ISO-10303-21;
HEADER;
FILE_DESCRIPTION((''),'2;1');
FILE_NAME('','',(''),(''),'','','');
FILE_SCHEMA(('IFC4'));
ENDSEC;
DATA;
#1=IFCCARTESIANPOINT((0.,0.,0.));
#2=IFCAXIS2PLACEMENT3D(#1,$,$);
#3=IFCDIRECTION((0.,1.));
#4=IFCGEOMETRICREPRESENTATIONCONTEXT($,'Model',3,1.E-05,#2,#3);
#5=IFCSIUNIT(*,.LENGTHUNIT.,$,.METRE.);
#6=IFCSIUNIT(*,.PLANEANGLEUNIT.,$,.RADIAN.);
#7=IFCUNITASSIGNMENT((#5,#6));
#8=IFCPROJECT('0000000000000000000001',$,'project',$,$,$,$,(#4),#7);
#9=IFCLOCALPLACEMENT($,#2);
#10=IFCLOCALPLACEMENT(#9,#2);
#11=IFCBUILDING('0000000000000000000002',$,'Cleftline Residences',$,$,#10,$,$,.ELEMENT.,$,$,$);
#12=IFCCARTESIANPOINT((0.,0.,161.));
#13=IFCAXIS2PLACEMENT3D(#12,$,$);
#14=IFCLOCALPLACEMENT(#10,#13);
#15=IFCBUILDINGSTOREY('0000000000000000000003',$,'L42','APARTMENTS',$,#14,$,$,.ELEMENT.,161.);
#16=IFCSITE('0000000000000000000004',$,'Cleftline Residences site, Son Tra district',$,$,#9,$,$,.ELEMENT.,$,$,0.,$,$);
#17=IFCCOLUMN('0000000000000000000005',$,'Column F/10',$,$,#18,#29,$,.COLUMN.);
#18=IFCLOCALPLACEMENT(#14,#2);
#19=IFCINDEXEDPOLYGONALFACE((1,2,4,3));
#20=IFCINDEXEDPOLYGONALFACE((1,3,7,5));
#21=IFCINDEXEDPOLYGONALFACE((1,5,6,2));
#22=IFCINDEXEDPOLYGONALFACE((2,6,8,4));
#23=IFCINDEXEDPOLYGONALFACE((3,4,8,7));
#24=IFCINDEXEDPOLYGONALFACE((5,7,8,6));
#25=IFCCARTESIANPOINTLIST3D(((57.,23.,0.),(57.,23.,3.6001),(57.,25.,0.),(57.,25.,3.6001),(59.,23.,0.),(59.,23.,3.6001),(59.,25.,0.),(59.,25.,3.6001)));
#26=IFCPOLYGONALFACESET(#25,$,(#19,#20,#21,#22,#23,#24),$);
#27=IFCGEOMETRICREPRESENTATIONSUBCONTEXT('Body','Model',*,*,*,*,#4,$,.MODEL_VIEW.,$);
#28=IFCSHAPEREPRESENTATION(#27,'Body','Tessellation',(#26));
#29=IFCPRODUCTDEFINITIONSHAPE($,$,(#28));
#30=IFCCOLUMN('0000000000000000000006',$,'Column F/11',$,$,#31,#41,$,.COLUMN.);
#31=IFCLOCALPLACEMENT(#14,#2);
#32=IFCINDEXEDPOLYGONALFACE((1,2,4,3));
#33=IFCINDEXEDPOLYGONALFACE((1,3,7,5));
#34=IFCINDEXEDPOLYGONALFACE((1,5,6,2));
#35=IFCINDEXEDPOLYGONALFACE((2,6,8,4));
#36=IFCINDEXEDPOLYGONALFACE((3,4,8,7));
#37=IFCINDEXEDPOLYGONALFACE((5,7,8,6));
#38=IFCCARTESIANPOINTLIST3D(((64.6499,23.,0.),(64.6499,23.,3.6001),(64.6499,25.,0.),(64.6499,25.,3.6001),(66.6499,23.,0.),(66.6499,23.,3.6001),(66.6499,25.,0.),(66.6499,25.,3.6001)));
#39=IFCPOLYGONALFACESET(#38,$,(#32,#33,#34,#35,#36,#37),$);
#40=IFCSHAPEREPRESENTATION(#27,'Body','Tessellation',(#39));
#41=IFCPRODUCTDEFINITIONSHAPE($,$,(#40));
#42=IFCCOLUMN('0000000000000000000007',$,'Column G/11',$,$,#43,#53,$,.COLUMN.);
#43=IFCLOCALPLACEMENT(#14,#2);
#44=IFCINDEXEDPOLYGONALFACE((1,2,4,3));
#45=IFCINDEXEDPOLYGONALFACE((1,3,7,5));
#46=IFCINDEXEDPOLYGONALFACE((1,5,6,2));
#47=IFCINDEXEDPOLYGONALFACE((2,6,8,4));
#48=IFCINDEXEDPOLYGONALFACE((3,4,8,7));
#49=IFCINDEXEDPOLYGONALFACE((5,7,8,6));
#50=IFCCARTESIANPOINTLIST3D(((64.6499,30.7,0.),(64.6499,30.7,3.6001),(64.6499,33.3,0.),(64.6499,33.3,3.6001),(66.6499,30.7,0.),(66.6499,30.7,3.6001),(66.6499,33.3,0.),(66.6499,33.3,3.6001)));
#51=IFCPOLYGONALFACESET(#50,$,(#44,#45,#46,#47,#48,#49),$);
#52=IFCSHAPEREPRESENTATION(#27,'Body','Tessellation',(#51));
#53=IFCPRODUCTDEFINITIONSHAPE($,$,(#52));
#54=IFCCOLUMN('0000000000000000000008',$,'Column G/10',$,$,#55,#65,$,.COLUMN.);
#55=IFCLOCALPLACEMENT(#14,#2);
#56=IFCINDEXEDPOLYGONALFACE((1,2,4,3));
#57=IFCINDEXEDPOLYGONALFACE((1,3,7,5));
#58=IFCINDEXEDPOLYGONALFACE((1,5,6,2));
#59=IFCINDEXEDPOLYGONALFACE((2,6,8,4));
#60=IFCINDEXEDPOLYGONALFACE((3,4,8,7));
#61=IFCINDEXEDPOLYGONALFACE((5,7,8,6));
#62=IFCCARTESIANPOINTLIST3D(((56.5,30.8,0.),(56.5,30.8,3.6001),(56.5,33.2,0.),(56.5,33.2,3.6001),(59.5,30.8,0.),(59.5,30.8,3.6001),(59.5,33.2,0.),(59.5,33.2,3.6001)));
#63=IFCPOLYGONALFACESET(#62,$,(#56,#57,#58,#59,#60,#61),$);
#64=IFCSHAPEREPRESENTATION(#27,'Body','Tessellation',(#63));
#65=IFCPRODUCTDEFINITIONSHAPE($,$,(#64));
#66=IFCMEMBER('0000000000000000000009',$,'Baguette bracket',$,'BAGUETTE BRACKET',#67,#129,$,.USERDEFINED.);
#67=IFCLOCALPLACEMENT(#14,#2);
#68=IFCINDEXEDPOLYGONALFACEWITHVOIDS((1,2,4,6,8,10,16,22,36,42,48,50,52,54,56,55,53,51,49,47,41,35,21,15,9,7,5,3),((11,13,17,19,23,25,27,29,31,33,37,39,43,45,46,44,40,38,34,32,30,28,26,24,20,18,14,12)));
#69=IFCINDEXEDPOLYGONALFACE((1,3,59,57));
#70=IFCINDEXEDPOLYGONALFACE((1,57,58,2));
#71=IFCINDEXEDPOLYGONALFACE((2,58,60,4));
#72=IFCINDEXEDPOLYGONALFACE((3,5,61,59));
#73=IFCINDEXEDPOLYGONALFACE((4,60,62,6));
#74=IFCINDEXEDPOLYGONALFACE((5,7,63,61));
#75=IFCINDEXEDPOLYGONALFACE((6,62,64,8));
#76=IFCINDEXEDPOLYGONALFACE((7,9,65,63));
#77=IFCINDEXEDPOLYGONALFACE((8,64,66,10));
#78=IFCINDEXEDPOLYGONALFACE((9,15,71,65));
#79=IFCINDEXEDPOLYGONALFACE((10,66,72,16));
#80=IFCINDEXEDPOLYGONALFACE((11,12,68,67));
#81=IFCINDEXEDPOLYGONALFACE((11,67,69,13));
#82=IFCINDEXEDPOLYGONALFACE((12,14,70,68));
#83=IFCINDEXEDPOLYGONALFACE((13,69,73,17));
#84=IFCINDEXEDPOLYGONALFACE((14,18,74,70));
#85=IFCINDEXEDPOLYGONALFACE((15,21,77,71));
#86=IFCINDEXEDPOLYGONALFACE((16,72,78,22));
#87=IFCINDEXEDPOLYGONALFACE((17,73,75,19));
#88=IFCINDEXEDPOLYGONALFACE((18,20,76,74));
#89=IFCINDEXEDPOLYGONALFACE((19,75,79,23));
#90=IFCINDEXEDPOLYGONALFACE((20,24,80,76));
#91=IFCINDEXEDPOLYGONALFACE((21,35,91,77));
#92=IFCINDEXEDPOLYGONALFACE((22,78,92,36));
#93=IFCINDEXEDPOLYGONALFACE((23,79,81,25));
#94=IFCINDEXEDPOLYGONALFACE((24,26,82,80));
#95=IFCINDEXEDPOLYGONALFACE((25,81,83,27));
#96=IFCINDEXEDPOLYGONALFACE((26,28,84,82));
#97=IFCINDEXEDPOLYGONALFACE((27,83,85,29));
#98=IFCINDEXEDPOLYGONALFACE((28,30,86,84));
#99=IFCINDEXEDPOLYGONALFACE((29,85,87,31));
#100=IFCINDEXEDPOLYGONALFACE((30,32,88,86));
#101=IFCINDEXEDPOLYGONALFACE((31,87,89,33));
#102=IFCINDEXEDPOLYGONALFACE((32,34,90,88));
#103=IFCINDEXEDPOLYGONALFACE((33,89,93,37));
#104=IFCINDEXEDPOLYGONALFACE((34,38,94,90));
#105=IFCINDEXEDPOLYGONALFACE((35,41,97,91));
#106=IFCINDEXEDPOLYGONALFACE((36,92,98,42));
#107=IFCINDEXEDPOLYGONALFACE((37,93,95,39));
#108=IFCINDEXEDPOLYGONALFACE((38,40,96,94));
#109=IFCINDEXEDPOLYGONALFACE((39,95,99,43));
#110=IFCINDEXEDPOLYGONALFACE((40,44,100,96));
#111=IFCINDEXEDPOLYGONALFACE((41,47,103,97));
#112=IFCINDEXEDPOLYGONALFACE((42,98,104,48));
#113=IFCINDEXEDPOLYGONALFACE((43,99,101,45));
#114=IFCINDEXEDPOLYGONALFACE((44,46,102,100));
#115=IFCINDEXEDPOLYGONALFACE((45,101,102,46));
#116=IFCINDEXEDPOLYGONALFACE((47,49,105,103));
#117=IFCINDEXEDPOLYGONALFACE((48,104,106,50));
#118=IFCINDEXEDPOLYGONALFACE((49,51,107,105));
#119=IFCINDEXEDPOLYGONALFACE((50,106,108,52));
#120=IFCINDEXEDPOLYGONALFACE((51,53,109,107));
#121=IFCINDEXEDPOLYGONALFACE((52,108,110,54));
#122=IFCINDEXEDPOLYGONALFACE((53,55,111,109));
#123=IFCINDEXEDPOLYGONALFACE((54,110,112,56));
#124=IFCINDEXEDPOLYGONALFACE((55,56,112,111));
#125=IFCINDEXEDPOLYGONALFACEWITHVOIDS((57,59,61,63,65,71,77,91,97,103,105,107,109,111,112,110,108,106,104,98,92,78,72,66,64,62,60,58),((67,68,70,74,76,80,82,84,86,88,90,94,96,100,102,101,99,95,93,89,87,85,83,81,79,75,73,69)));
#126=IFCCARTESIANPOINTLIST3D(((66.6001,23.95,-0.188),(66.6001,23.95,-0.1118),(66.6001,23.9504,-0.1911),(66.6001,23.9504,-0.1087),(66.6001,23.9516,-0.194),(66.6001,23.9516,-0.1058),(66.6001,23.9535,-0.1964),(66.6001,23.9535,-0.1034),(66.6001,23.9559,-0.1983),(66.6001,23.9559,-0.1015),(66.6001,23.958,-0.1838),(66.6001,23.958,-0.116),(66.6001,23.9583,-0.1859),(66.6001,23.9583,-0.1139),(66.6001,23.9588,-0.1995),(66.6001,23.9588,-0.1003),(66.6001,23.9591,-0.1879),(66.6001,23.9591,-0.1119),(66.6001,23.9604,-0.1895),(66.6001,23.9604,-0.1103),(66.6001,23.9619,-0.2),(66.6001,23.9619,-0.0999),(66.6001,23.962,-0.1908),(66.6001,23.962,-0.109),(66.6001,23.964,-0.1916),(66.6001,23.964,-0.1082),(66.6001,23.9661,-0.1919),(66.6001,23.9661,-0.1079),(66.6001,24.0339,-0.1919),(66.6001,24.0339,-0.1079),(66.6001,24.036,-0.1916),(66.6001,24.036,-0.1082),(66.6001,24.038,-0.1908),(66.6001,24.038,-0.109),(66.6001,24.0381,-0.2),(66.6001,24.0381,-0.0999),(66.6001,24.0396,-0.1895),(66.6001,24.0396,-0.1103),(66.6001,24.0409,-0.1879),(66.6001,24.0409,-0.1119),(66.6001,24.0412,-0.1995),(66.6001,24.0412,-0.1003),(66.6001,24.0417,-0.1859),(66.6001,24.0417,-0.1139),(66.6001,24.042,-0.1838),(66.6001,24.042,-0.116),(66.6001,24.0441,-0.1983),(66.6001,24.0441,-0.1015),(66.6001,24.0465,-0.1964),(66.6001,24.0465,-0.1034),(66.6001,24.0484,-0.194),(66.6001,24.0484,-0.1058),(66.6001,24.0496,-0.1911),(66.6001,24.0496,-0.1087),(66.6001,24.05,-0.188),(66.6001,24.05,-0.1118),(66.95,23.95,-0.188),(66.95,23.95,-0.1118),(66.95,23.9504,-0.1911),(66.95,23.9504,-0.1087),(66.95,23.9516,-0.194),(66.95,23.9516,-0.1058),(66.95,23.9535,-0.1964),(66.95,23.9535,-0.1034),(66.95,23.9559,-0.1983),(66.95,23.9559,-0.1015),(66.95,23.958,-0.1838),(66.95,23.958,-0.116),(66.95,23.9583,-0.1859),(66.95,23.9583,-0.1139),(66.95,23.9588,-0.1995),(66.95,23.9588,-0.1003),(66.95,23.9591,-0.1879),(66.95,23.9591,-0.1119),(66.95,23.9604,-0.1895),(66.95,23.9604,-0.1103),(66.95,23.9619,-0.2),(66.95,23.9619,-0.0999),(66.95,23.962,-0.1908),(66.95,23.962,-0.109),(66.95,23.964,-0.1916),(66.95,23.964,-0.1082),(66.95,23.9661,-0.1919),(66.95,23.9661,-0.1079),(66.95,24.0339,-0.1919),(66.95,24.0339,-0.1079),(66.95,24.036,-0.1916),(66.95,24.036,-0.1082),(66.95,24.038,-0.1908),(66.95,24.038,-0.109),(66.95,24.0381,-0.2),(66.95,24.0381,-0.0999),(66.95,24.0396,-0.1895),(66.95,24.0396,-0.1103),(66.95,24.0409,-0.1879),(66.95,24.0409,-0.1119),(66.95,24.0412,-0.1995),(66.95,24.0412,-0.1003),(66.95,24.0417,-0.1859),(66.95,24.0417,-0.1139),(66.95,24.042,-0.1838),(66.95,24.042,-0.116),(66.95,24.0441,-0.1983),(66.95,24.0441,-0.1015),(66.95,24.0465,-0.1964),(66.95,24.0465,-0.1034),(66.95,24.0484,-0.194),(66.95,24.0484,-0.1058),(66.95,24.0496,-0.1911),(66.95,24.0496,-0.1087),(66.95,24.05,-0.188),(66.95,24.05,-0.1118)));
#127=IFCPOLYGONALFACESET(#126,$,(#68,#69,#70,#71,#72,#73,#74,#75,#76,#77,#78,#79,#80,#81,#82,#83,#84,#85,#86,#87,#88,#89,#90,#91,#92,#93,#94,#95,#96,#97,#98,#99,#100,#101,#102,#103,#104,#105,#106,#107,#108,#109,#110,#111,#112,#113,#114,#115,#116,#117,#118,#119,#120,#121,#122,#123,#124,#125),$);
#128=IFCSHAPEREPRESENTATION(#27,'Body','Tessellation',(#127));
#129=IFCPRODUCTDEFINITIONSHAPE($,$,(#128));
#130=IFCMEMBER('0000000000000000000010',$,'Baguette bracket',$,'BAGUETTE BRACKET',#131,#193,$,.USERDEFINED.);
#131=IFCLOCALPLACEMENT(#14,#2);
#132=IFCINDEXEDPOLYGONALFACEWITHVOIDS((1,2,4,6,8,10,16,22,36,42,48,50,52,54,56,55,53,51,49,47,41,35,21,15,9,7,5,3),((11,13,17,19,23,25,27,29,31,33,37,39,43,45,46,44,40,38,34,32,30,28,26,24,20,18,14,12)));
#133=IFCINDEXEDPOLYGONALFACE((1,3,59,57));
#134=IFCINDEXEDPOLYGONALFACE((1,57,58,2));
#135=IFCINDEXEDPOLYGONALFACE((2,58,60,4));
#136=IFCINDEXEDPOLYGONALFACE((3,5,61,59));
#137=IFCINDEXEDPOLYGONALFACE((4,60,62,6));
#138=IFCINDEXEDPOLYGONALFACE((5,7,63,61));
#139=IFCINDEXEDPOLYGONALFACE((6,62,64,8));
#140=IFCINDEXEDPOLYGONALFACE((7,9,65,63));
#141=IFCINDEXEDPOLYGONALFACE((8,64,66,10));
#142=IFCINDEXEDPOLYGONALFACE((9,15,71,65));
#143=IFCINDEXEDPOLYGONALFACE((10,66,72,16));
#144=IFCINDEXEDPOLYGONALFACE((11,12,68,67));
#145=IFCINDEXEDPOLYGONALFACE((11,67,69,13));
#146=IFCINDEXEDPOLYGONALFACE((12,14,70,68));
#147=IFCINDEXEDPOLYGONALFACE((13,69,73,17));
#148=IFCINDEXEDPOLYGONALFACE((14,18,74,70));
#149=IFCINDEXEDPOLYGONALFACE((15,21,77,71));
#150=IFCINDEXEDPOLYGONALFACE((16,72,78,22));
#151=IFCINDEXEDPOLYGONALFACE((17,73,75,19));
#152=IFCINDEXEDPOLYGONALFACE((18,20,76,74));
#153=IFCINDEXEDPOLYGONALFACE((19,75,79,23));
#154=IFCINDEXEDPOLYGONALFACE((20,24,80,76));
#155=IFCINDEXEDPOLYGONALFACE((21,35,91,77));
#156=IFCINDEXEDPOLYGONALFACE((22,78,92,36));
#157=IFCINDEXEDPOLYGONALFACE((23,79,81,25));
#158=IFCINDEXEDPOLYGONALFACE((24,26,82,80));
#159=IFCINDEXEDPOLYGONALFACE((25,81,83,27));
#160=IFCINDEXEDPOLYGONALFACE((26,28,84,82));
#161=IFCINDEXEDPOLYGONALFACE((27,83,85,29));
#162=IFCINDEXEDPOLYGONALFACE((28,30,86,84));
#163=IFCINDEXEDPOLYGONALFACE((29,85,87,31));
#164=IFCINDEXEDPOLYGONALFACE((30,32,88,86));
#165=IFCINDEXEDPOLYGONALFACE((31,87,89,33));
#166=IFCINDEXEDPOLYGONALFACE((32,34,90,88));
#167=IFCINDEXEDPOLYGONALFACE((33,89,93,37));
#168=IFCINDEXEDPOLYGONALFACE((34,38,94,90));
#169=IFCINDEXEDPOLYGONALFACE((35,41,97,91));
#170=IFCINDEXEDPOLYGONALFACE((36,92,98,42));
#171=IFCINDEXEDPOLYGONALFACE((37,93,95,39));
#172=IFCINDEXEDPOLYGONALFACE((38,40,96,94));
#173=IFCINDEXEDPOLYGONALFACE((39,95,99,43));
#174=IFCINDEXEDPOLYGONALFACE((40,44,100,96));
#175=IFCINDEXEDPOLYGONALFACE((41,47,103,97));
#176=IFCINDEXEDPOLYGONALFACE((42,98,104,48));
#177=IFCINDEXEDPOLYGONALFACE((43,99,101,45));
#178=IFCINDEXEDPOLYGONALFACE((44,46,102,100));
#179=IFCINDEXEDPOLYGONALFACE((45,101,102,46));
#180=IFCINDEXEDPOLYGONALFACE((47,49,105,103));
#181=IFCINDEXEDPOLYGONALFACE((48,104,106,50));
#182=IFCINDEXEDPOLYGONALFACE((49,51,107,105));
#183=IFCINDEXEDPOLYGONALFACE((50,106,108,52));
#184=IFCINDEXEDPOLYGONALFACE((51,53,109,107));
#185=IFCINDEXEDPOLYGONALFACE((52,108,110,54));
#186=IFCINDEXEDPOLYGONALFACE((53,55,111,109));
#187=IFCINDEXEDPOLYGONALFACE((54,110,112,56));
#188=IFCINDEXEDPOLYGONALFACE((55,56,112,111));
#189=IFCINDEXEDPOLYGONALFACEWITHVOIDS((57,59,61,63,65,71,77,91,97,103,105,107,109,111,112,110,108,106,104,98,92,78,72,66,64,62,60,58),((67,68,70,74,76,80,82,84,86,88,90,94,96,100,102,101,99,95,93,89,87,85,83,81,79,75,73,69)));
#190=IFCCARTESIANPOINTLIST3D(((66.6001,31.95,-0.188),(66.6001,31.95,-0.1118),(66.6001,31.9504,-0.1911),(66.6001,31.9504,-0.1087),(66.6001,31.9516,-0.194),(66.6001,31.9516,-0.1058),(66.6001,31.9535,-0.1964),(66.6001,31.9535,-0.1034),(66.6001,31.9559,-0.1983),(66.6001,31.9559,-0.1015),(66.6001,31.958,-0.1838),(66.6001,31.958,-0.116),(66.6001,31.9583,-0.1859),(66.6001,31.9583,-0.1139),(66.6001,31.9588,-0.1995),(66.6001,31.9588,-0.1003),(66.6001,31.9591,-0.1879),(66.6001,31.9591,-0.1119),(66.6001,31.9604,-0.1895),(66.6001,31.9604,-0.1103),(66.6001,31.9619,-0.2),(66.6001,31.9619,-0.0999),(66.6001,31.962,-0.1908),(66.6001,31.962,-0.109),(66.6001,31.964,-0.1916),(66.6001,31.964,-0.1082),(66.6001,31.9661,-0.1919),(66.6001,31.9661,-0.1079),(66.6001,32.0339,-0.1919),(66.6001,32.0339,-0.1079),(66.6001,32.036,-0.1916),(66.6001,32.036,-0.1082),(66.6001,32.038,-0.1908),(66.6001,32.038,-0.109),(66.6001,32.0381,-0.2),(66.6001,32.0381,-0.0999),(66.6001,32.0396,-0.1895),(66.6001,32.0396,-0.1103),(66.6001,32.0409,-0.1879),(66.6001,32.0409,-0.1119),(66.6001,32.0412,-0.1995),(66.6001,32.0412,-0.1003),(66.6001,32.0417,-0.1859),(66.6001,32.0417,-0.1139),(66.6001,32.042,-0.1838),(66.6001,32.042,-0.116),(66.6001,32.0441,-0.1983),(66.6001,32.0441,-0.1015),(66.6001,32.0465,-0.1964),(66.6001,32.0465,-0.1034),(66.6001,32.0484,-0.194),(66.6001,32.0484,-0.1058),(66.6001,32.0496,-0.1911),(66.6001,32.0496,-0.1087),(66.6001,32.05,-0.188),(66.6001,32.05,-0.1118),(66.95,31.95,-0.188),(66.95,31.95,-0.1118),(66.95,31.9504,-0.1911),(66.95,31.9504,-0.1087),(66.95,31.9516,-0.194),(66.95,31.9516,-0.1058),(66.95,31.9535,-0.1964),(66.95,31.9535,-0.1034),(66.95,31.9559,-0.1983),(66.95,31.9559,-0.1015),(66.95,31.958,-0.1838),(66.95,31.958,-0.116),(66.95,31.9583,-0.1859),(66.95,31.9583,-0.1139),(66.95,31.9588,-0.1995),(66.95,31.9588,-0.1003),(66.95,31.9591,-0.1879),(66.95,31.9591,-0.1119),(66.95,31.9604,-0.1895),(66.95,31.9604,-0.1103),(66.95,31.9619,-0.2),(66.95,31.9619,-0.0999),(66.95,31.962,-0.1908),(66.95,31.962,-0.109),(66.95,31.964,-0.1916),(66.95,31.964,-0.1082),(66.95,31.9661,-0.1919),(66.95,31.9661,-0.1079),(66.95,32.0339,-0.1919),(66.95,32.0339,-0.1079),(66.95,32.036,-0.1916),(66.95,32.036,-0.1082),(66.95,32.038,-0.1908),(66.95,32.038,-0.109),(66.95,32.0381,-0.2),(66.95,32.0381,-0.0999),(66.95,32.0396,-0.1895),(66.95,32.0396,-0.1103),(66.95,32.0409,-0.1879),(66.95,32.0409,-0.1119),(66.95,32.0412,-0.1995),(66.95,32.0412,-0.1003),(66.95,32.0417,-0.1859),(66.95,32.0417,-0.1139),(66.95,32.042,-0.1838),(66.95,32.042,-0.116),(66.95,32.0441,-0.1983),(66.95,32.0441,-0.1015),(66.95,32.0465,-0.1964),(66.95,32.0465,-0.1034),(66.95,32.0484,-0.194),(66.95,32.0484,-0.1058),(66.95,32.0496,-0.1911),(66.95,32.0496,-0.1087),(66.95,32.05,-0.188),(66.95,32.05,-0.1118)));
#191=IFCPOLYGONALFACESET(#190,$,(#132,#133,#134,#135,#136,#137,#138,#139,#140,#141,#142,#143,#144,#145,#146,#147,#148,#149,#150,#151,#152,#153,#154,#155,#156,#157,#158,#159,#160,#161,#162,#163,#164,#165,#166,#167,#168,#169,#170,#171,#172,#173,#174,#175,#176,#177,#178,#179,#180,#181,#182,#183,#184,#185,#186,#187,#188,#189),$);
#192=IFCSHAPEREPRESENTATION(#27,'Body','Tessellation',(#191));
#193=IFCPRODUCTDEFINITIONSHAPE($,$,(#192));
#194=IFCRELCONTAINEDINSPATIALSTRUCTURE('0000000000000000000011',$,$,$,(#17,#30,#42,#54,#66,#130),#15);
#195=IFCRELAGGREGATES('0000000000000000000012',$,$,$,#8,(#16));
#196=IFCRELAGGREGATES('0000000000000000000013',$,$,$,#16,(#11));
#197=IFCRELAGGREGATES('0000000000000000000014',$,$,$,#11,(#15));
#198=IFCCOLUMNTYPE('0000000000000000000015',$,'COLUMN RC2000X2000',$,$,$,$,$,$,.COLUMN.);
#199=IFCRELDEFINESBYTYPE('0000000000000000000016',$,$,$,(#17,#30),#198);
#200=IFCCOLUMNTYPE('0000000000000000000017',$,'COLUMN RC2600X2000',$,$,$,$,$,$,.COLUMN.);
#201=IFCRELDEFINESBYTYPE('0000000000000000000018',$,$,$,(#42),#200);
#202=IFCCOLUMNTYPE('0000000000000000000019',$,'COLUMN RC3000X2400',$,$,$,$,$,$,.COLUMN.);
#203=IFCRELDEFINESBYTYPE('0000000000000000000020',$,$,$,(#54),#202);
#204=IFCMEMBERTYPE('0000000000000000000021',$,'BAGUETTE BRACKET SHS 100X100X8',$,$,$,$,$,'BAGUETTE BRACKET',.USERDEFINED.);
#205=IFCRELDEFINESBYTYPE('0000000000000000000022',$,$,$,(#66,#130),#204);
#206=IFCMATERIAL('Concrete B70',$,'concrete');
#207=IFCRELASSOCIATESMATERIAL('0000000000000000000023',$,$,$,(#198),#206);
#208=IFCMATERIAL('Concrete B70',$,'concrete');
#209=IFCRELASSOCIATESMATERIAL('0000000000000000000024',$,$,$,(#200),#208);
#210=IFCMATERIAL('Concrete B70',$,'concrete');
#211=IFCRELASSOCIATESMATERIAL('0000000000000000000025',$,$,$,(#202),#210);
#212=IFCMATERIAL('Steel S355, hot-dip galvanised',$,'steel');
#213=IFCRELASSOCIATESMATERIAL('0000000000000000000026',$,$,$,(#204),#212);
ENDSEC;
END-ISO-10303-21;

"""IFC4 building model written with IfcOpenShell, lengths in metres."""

from ifc_helpers import new_model, si_unit, direction, frame, origin, origin_2d, place, context, subcontext, project, spatial, rectangle, hollow_rectangle, extrude, material, material_profile, profile_set, type_object, element, save


model = new_model("IFC4")

# Units and contexts
model_context = context("Model", 3, precision=1e-05, world=origin(), true_north=direction((0.0, 1.0)))
body_context = subcontext(model_context, "Body", "Model", "MODEL_VIEW")
ifc_project = project(units=[si_unit("LENGTHUNIT", "METRE"), si_unit("PLANEANGLEUNIT", "RADIAN")], contexts=[model_context])

# Site, building, storey
site_placement = place(None, origin())
site = spatial("IfcSite", under=ifc_project, at=site_placement, Name="Cleftline Residences site, Son Tra district", CompositionType="ELEMENT", RefElevation=0.0)
building_placement = place(site_placement, origin())
building = spatial("IfcBuilding", under=site, at=building_placement, Name="Cleftline Residences", CompositionType="ELEMENT")
storey_placement = place(building_placement, frame((0.0, 0.0, 161.0)))
storey = spatial("IfcBuildingStorey", under=building, at=storey_placement, Name="L42", Description="APARTMENTS", CompositionType="ELEMENT", Elevation=161.0)

# Columns
ifc_material_1 = material(Name="Concrete B70", Category="concrete")
ifc_material_profile_1 = material_profile(ifc_material_1, rectangle(XDim=2.0, YDim=2.0, at=origin_2d()))
ifc_profile_set_1 = profile_set([ifc_material_profile_1], Name="Concrete B70")
column_type_1 = type_object("IfcColumnType", Name="COLUMN RC2000X2000", PredefinedType="COLUMN", material=ifc_profile_set_1)
for number, where, z_axis, x_axis, name in (
    (1, (58.0, 24.0, 0.0), (0.0, 0.0, 1.0), (1.0, 0.0, 0.0), "Column F/10"),
    (2, (65.6499, 24.0, 0.0), (0.0, 0.0, 1.0), (1.0, 0.0, 0.0), "Column F/11"),
):
    element("IfcColumn", number, at=place(storey_placement, frame(where, z_axis=z_axis, x_axis=x_axis)), inside=storey, type_object=column_type_1, Name=name, PredefinedType="COLUMN", context=body_context, shape_type="SweptSolid", body=[
        extrude(rectangle(XDim=2.0, YDim=2.0, at=origin_2d()), origin(), (0.0, 0.0, 1.0), 3.6001),
    ])
ifc_material_2 = material(Name="Concrete B70", Category="concrete")
ifc_material_profile_2 = material_profile(ifc_material_2, rectangle(XDim=2.6001, YDim=2.0, at=origin_2d()))
ifc_profile_set_2 = profile_set([ifc_material_profile_2], Name="Concrete B70")
column_type_2 = type_object("IfcColumnType", Name="COLUMN RC2600X2000", PredefinedType="COLUMN", material=ifc_profile_set_2)
column_1_placement = place(storey_placement, frame((65.6499, 32.0, 0.0), z_axis=(0.0, 0.0, 1.0), x_axis=(0.0, 1.0, 0.0)))
element("IfcColumn", 3, at=column_1_placement, inside=storey, type_object=column_type_2, Name="Column G/11", PredefinedType="COLUMN", context=body_context, shape_type="SweptSolid", body=[
    extrude(rectangle(XDim=2.6001, YDim=2.0, at=origin_2d()), origin(), (0.0, 0.0, 1.0), 3.6001),
])
ifc_material_3 = material(Name="Concrete B70", Category="concrete")
ifc_material_profile_3 = material_profile(ifc_material_3, rectangle(XDim=3.0, YDim=2.3999, at=origin_2d()))
ifc_profile_set_3 = profile_set([ifc_material_profile_3], Name="Concrete B70")
column_type_3 = type_object("IfcColumnType", Name="COLUMN RC3000X2400", PredefinedType="COLUMN", material=ifc_profile_set_3)
column_2_placement = place(storey_placement, frame((58.0, 32.0, 0.0), z_axis=(0.0, 0.0, 1.0), x_axis=(1.0, 0.0, 0.0)))
element("IfcColumn", 4, at=column_2_placement, inside=storey, type_object=column_type_3, Name="Column G/10", PredefinedType="COLUMN", context=body_context, shape_type="SweptSolid", body=[
    extrude(rectangle(XDim=3.0, YDim=2.3999, at=origin_2d()), origin(), (0.0, 0.0, 1.0), 3.6001),
])

# Members
ifc_material_4 = material(Name="Steel S355, hot-dip galvanised", Category="steel")
ifc_material_profile_4 = material_profile(ifc_material_4, hollow_rectangle(XDim=0.1001, YDim=0.1001, WallThickness=0.0081, InnerFilletRadius=0.0081, OuterFilletRadius=0.012, at=origin_2d()))
ifc_profile_set_4 = profile_set([ifc_material_profile_4], Name="Steel S355, hot-dip galvanised")
member_type_1 = type_object("IfcMemberType", Name="BAGUETTE BRACKET SHS 100X100X8", ElementType="BAGUETTE BRACKET", PredefinedType="USERDEFINED", material=ifc_profile_set_4)
for number, where, z_axis, x_axis, name in (
    (5, (66.6001, 24.0, -0.1499), (1.0, 0.0, 0.0), (0.0, 1.0, 0.0), "Baguette bracket"),
    (6, (66.6001, 32.0, -0.1499), (1.0, 0.0, 0.0), (0.0, 1.0, 0.0), "Baguette bracket"),
):
    element("IfcMember", number, at=place(storey_placement, frame(where, z_axis=z_axis, x_axis=x_axis)), inside=storey, type_object=member_type_1, Name=name, ObjectType="BAGUETTE BRACKET", PredefinedType="USERDEFINED", context=body_context, shape_type="SweptSolid", body=[
        extrude(hollow_rectangle(XDim=0.1001, YDim=0.1001, WallThickness=0.0081, InnerFilletRadius=0.0081, OuterFilletRadius=0.012, at=origin_2d()), origin(), (0.0, 0.0, 1.0), 0.3499),
    ])

save(model, "model.ifc")
